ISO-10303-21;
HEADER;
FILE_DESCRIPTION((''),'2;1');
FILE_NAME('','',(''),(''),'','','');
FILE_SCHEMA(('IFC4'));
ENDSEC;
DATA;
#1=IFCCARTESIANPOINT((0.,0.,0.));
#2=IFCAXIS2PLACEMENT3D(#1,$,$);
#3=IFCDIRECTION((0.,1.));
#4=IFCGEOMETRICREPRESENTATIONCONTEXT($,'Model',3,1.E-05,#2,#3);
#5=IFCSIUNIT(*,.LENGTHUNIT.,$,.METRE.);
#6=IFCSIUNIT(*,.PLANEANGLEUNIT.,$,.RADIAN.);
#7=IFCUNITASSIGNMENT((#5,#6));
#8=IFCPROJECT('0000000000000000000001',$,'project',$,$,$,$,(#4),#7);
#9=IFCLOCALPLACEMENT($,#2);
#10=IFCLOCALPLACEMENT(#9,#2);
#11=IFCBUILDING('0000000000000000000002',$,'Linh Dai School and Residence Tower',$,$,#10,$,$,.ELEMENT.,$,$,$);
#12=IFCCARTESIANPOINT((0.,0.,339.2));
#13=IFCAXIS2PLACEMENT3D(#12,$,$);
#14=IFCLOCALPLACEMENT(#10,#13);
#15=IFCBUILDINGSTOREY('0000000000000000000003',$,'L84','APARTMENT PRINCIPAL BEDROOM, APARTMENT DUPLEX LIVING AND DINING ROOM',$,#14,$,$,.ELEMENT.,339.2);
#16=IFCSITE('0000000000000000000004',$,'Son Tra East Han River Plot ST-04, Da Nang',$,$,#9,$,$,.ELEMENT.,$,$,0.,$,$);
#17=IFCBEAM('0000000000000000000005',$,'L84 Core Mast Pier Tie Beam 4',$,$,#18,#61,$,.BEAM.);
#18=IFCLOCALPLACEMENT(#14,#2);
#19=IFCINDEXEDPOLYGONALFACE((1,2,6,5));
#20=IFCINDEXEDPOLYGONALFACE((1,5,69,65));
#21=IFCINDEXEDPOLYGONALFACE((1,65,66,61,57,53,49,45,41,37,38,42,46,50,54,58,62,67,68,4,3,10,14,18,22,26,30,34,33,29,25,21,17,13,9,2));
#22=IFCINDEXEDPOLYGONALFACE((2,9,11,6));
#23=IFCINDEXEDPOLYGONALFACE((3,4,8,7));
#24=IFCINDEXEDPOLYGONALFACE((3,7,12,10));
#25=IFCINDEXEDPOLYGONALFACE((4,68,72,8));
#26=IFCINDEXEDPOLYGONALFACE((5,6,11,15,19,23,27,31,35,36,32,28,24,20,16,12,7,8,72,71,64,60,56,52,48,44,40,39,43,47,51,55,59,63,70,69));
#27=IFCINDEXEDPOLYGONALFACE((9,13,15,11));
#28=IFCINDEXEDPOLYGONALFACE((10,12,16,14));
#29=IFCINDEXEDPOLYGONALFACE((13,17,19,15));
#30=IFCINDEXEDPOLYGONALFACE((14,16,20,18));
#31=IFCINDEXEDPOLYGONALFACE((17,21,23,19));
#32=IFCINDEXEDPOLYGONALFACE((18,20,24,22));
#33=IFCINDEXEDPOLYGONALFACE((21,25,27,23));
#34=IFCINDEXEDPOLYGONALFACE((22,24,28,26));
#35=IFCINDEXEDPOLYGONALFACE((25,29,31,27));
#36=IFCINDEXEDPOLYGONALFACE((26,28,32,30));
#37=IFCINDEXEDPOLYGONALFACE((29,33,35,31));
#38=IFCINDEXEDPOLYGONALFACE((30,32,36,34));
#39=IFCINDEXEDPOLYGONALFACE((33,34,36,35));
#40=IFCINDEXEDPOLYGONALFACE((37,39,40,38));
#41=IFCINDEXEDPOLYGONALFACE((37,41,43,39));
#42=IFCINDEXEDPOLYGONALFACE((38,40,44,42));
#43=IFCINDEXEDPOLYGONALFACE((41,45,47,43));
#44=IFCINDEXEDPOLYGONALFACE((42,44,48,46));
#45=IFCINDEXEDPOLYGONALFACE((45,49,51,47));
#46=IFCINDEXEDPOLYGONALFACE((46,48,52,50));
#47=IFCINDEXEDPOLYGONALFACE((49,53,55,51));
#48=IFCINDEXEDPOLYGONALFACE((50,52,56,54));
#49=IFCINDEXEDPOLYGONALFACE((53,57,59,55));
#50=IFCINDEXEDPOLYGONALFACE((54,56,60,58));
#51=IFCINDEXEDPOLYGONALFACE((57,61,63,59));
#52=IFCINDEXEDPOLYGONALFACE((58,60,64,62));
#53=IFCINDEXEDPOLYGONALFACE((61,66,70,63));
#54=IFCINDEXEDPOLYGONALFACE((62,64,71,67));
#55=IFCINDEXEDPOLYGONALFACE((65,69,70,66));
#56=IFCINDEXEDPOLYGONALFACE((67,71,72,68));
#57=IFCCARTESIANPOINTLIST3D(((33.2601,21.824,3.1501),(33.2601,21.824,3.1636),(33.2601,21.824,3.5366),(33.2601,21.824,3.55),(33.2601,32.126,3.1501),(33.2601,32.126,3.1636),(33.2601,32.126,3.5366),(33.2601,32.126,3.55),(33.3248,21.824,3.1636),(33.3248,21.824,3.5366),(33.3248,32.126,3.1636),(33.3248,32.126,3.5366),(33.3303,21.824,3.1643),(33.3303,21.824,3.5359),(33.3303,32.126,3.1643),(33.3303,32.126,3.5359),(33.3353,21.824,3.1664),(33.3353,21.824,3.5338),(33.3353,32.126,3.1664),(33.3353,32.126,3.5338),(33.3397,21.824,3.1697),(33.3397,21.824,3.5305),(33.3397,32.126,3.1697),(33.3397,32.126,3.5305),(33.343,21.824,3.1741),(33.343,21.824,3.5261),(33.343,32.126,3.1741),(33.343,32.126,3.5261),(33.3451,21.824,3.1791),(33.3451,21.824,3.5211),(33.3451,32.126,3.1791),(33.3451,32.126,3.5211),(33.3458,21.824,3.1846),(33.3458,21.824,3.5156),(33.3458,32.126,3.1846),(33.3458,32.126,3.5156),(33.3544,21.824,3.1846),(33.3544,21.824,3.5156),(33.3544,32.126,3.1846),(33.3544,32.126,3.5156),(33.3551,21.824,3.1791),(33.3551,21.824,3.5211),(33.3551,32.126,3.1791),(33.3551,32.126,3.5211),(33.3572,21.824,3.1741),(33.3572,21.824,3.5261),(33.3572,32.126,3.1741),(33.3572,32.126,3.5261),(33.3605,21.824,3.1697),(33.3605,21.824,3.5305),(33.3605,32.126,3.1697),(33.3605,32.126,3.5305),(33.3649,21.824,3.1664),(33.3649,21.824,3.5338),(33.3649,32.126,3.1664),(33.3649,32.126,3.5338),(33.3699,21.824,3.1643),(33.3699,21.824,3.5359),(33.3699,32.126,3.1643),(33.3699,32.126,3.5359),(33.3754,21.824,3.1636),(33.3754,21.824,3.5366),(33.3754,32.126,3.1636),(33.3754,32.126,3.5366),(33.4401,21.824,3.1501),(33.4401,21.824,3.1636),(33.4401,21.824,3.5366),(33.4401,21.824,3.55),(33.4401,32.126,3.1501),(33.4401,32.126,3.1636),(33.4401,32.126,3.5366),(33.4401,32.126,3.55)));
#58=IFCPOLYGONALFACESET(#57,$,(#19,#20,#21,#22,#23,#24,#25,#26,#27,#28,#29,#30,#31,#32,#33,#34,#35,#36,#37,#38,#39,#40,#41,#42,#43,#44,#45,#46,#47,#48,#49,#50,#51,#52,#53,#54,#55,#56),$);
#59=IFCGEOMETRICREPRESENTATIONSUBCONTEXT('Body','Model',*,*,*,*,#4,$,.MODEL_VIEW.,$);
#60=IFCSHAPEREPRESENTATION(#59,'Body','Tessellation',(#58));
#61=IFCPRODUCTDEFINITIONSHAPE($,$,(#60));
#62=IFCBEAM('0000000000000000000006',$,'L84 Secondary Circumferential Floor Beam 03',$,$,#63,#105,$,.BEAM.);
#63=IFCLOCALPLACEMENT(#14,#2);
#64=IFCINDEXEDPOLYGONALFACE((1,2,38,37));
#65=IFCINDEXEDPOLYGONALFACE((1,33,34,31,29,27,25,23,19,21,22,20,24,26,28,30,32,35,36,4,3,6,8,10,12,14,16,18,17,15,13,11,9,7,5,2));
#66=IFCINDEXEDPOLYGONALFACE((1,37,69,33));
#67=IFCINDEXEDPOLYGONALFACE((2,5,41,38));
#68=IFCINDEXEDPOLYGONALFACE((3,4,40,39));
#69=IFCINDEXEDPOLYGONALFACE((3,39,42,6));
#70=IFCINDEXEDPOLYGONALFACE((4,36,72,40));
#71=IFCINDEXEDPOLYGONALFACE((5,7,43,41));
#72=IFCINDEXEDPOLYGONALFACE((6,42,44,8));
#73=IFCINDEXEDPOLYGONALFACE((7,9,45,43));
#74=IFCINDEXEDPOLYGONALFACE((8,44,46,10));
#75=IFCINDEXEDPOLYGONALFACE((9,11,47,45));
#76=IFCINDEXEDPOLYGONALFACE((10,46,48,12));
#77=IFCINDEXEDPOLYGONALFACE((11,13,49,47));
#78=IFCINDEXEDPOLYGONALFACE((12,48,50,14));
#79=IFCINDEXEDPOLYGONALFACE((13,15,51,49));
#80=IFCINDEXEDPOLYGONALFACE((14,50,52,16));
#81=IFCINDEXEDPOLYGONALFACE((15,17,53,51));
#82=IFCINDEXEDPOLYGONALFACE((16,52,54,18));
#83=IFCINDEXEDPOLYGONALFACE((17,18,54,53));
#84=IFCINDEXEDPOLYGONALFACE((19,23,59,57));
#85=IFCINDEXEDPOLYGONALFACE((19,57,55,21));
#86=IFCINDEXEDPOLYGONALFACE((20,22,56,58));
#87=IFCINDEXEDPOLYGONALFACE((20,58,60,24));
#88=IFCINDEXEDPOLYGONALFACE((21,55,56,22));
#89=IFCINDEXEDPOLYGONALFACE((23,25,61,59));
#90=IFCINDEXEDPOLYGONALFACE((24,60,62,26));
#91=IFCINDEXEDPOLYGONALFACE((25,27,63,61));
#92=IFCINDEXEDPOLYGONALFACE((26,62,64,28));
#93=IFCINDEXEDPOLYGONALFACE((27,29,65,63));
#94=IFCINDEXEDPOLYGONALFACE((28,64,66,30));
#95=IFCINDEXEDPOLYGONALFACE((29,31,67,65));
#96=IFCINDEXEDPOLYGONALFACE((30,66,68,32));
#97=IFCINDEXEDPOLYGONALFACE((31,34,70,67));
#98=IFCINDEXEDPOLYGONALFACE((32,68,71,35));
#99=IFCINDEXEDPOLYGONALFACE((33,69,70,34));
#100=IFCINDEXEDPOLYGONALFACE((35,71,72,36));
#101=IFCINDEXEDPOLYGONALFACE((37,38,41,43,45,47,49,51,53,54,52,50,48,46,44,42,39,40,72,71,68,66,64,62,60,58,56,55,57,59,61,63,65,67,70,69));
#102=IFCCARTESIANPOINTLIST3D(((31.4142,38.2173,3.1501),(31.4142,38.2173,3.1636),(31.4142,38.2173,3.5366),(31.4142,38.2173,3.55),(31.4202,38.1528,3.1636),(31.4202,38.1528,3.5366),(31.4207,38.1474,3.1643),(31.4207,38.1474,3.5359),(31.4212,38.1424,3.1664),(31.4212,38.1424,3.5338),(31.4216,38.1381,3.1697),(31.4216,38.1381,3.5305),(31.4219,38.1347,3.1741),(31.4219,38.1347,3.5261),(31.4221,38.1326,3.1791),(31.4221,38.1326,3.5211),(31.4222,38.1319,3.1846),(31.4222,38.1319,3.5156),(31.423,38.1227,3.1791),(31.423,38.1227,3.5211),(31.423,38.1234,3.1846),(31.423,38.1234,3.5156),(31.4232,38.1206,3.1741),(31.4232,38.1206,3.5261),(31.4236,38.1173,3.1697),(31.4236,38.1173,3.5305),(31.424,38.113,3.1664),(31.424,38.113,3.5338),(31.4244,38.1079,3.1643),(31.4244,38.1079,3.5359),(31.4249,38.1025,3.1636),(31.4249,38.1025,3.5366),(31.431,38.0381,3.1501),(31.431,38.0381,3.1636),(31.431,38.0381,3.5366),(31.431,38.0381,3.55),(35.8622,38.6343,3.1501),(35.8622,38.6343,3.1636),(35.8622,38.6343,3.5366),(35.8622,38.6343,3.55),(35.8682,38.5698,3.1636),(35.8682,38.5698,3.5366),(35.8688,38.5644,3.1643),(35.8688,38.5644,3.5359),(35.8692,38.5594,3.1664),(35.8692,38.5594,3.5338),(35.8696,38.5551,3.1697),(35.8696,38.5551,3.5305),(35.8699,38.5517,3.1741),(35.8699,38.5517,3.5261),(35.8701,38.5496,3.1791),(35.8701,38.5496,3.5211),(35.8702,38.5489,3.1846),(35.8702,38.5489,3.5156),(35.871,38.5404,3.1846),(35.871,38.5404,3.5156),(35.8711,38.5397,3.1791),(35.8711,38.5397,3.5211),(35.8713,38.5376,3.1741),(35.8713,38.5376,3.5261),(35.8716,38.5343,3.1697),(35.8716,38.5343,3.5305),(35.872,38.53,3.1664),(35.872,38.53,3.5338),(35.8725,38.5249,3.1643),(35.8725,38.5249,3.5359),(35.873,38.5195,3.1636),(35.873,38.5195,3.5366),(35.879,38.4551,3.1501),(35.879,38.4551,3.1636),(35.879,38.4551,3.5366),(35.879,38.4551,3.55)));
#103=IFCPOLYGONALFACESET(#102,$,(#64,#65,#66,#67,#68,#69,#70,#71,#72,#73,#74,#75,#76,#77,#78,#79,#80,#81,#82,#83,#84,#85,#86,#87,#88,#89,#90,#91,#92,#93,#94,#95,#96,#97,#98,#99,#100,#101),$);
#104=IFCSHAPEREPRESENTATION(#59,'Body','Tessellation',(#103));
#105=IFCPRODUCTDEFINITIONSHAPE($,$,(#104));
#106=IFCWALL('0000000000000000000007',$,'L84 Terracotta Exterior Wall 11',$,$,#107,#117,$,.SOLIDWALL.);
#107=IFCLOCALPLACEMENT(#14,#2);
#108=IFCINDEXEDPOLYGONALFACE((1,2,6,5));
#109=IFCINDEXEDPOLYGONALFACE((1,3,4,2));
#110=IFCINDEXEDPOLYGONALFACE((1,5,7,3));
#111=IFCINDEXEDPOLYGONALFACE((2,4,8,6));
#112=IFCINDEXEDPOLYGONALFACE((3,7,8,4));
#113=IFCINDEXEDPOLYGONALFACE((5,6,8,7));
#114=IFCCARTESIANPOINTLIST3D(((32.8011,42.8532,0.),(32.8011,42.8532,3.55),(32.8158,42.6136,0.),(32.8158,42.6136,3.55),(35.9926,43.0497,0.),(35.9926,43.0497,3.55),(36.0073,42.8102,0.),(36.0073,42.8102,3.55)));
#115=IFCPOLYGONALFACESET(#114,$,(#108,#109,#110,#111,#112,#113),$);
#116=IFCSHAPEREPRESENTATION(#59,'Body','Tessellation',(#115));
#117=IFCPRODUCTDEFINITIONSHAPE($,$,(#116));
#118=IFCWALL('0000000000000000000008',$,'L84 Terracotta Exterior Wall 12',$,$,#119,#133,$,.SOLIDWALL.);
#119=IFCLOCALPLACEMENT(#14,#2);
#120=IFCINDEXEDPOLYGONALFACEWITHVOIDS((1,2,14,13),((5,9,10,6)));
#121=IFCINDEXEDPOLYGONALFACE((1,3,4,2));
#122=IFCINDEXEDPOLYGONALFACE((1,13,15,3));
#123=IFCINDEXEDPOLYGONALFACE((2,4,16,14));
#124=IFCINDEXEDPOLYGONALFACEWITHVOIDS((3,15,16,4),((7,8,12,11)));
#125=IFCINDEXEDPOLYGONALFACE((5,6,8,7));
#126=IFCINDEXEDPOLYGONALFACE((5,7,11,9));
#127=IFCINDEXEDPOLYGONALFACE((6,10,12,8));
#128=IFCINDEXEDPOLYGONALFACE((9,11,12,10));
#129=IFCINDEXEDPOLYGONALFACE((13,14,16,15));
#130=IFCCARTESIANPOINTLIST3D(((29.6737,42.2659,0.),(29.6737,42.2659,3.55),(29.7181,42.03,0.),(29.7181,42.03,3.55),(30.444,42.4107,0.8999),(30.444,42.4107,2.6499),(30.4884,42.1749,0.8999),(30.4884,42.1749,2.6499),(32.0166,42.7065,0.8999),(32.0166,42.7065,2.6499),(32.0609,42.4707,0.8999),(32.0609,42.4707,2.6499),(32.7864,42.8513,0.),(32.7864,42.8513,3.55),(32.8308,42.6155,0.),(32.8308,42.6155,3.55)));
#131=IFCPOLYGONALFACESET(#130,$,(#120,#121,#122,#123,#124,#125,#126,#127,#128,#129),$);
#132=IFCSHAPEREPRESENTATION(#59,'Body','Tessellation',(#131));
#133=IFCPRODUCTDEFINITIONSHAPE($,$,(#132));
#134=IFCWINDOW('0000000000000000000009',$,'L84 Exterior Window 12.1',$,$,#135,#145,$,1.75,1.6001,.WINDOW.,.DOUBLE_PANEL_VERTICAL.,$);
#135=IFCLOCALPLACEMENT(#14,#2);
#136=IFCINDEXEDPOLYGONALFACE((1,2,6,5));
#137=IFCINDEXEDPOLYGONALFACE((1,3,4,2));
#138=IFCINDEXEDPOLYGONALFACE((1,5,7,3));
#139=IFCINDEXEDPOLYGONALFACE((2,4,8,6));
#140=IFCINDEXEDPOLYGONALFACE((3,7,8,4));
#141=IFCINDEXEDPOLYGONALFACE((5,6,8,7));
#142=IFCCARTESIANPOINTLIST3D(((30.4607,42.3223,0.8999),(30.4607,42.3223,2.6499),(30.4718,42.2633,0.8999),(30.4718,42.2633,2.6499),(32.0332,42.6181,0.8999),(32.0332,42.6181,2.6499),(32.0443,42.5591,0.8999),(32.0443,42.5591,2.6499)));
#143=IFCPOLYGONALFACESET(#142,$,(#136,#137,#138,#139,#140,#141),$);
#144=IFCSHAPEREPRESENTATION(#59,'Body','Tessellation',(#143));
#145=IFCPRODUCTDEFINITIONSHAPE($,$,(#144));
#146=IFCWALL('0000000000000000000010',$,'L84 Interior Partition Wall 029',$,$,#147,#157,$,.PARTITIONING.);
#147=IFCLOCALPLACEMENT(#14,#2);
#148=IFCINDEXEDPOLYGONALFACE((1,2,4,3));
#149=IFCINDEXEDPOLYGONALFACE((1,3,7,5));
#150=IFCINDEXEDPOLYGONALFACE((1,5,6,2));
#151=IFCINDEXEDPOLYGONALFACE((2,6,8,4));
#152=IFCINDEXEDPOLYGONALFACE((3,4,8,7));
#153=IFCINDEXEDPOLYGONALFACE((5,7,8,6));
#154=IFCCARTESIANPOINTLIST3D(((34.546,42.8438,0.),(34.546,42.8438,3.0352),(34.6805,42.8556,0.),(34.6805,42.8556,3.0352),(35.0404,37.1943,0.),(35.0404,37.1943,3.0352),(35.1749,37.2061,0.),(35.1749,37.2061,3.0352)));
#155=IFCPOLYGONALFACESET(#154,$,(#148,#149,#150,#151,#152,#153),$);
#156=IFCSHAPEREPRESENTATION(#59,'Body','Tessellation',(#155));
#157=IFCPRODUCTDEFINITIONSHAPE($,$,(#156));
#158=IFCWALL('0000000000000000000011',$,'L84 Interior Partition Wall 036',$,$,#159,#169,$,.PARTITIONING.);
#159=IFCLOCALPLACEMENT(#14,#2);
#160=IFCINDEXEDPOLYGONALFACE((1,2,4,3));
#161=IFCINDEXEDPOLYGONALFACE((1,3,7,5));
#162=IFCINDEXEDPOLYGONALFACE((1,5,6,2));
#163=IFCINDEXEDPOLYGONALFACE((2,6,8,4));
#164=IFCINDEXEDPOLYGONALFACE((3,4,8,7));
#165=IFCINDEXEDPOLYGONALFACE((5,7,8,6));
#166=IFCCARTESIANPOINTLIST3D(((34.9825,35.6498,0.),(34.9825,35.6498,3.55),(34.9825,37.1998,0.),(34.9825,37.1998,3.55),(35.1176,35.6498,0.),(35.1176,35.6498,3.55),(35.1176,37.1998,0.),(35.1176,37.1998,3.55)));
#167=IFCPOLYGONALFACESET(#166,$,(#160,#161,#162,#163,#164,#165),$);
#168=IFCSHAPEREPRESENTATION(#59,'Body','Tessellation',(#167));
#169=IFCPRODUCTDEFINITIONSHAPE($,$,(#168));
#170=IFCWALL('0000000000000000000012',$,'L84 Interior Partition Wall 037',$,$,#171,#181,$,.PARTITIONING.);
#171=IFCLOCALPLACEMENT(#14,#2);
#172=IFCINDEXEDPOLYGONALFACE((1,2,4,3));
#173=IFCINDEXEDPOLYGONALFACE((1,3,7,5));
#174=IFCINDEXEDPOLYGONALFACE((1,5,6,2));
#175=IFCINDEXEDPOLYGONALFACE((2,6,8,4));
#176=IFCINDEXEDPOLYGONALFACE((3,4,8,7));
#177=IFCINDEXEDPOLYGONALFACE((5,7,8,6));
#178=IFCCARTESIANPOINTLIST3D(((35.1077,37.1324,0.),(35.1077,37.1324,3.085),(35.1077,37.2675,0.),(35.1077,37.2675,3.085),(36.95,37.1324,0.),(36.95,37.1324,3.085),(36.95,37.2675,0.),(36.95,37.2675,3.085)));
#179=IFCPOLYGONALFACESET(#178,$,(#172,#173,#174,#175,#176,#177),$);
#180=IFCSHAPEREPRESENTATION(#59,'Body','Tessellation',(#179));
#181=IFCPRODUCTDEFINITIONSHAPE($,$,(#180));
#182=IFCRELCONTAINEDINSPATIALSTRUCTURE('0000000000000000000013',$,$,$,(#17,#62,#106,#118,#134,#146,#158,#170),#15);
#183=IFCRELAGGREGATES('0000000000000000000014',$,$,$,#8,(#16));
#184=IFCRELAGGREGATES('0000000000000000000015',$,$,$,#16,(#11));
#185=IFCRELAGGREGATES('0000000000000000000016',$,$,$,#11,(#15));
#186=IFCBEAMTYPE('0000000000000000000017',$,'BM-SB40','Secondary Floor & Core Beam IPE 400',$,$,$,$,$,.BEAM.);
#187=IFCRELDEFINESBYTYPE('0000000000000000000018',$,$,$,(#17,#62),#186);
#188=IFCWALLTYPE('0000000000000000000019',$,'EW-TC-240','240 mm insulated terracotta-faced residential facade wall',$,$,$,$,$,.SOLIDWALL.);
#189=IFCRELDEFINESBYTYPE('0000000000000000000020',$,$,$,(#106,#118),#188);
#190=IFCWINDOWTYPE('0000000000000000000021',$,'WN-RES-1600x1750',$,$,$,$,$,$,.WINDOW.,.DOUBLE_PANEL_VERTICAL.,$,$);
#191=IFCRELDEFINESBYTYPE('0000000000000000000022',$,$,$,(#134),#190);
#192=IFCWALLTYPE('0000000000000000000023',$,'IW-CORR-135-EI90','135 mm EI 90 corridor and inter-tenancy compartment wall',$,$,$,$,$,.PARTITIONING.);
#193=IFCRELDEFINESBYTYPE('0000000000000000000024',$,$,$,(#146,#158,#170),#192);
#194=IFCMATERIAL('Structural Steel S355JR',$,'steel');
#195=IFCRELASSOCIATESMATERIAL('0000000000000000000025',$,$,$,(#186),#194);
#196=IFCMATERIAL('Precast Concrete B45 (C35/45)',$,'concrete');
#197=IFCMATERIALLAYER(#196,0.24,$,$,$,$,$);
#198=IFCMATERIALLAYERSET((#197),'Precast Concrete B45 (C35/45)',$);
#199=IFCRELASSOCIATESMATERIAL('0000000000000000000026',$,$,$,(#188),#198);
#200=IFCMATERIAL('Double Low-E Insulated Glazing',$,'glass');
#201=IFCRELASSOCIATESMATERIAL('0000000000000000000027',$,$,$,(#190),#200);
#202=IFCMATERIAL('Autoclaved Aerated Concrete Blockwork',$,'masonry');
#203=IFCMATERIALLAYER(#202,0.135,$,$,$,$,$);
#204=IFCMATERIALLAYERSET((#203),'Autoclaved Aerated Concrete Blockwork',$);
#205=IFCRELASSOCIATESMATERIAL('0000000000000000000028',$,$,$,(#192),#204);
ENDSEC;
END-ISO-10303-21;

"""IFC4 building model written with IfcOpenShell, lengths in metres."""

from ifc_helpers import new_model, si_unit, direction, frame, frame_2d, origin, origin_2d, place, context, subcontext, project, spatial, rectangle, i_section, extrude, source, transform, mapped, material, layer, layer_set, material_profile, profile_set, type_object, element, fill, save


model = new_model("IFC4")

# Units and contexts
model_context = context("Model", 3, precision=1e-05, world=origin(), true_north=direction((0.0, 1.0)))
body_context = subcontext(model_context, "Body", "Model", "MODEL_VIEW")
ifc_project = project(units=[si_unit("LENGTHUNIT", "METRE"), si_unit("PLANEANGLEUNIT", "RADIAN")], contexts=[model_context])

# Site, building, storey
site_placement = place(None, origin())
site = spatial("IfcSite", under=ifc_project, at=site_placement, Name="Son Tra East Han River Plot ST-04, Da Nang", CompositionType="ELEMENT", RefElevation=0.0)
building_placement = place(site_placement, origin())
building = spatial("IfcBuilding", under=site, at=building_placement, Name="Linh Dai School and Residence Tower", CompositionType="ELEMENT")
storey_placement = place(building_placement, frame((0.0, 0.0, 339.2)))
storey = spatial("IfcBuildingStorey", under=building, at=storey_placement, Name="L84", Description="APARTMENT PRINCIPAL BEDROOM, APARTMENT DUPLEX LIVING AND DINING ROOM", CompositionType="ELEMENT", Elevation=339.2)

# Shared definitions
ifc_material_1 = material(Name="Structural Steel S355JR", Category="steel")

# Beams
ifc_material_profile_1 = material_profile(ifc_material_1, i_section(OverallWidth=0.1799, OverallDepth=0.3999, WebThickness=0.0085, FlangeThickness=0.0134, FilletRadius=0.021, at=origin_2d()), Name="IPE 400")
ifc_profile_set_1 = profile_set([ifc_material_profile_1], Name="Structural Steel S355JR")
beam_type_1 = type_object("IfcBeamType", Name="BM-SB40", Description="Secondary Floor & Core Beam IPE 400", PredefinedType="BEAM", material=ifc_profile_set_1)
beam_1_placement = place(storey_placement, frame((33.3501, 32.126, 3.3501), z_axis=(0.0, -1.0, 0.0), x_axis=(1.0, 0.0, 0.0)))
element("IfcBeam", 1, at=beam_1_placement, inside=storey, type_object=beam_type_1, Name="L84 Core Mast Pier Tie Beam 4", PredefinedType="BEAM", context=body_context, shape_type="SweptSolid", body=[
    extrude(i_section(OverallWidth=0.1799, OverallDepth=0.3999, WebThickness=0.0085, FlangeThickness=0.0134, FilletRadius=0.021, at=origin_2d()), origin(), (0.0, 0.0, 1.0), 10.302),
])
beam_2_placement = place(storey_placement, frame((35.8706, 38.5447, 3.3501), z_axis=(-0.995634, -0.093339, 0.0), x_axis=(0.093339, -0.995634, 0.0)))
element("IfcBeam", 2, at=beam_2_placement, inside=storey, type_object=beam_type_1, Name="L84 Secondary Circumferential Floor Beam 03", PredefinedType="BEAM", context=body_context, shape_type="SweptSolid", body=[
    extrude(i_section(OverallWidth=0.1799, OverallDepth=0.3999, WebThickness=0.0085, FlangeThickness=0.0134, FilletRadius=0.021, at=origin_2d()), origin(), (0.0, 0.0, 1.0), 4.4675),
])

# Wall
ifc_material_2 = material(Name="Precast Concrete B45 (C35/45)", Category="concrete")
ifc_layer_1 = layer(ifc_material_2, 0.24)
ifc_layer_set_1 = layer_set([ifc_layer_1], Name="Precast Concrete B45 (C35/45)")
wall_type_1 = type_object("IfcWallType", Name="EW-TC-240", Description="240 mm insulated terracotta-faced residential facade wall", PredefinedType="SOLIDWALL", material=ifc_layer_set_1)
wall_1_placement = place(storey_placement, frame((32.8086, 42.7334, 0.0), z_axis=(0.0, 0.0, 1.0), x_axis=(0.998109, 0.061466, 0.0)))
element("IfcWall", 3, at=wall_1_placement, inside=storey, type_object=wall_type_1, Name="L84 Terracotta Exterior Wall 11", PredefinedType="SOLIDWALL", context=body_context, shape_type="SweptSolid", body=[
    extrude(rectangle(XDim=3.1975, YDim=0.24, at=frame_2d((1.5986, 0.0))), origin(), (0.0, 0.0, 1.0), 3.55),
])

# Wall, opening, window
wall_2_placement = place(storey_placement, frame((29.696, 42.1479, 0.0), z_axis=(0.0, 0.0, 1.0), x_axis=(0.982766, 0.184852, 0.0)))
wall_2 = element("IfcWall", 4, at=wall_2_placement, inside=storey, type_object=wall_type_1, Name="L84 Terracotta Exterior Wall 12", PredefinedType="SOLIDWALL", context=body_context, shape_type="SweptSolid", body=[
    extrude(rectangle(XDim=3.1672, YDim=0.24, at=frame_2d((1.5835, 0.0))), origin(), (0.0, 0.0, 1.0), 3.55),
])
opening_1_placement = place(wall_2_placement, frame((0.7837, 0.0, 0.8999)))
opening_1 = element("IfcOpeningElement", 5, at=opening_1_placement, cuts=wall_2, PredefinedType="OPENING", context=body_context, shape_type="SweptSolid", body=[
    extrude(rectangle(XDim=1.6001, YDim=1.75, at=origin_2d()), frame((0.8, 0.1299, 0.875), z_axis=(0.0, -1.0, 0.0), x_axis=(1.0, 0.0, 0.0)), (0.0, 0.0, 1.0), 0.26),
])
ifc_material_3 = material(Name="Double Low-E Insulated Glazing", Category="glass")
window_type = type_object("IfcWindowType", Name="WN-RES-1600x1750", PartitioningType="DOUBLE_PANEL_VERTICAL", PredefinedType="WINDOW", material=ifc_material_3)
shared_shape_1 = source(origin(), body_context, "Body", "SweptSolid", [
    extrude(rectangle(XDim=1.6001, YDim=1.75, at=origin_2d()), frame((0.8, 0.03, 0.875), z_axis=(0.0, -1.0, 0.0), x_axis=(1.0, 0.0, 0.0)), (0.0, 0.0, 1.0), 0.0601),
])
window_placement = place(opening_1_placement, origin())
window = element("IfcWindow", 6, at=window_placement, inside=storey, type_object=window_type, Name="L84 Exterior Window 12.1", OverallHeight=1.75, OverallWidth=1.6001, PartitioningType="DOUBLE_PANEL_VERTICAL", PredefinedType="WINDOW", context=body_context, shape_type="MappedRepresentation", body=[
    mapped(shared_shape_1, transform((0.0, 0.0, 0.0), x_axis=(1.0, 0.0, 0.0), y_axis=(0.0, 1.0, 0.0), z_axis=(0.0, 0.0, 1.0), scale=1.0)),
])
fill(opening_1, window)

# Walls
ifc_material_4 = material(Name="Autoclaved Aerated Concrete Blockwork", Category="masonry")
ifc_layer_2 = layer(ifc_material_4, 0.135)
ifc_layer_set_2 = layer_set([ifc_layer_2], Name="Autoclaved Aerated Concrete Blockwork")
wall_type_2 = type_object("IfcWallType", Name="IW-CORR-135-EI90", Description="135 mm EI 90 corridor and inter-tenancy compartment wall", PredefinedType="PARTITIONING", material=ifc_layer_set_2)
wall_3_placement = place(storey_placement, frame((34.6133, 42.8496, 0.0), z_axis=(0.0, 0.0, 1.0), x_axis=(0.087174, -0.996193, 0.0)))
element("IfcWall", 7, at=wall_3_placement, inside=storey, type_object=wall_type_2, Name="L84 Interior Partition Wall 029", PredefinedType="PARTITIONING", context=body_context, shape_type="SweptSolid", body=[
    extrude(rectangle(XDim=5.6711, YDim=0.135, at=frame_2d((2.8354, 0.0))), origin(), (0.0, 0.0, 1.0), 3.0352),
])
wall_4_placement = place(storey_placement, frame((35.05, 35.6499, 0.0), z_axis=(0.0, 0.0, 1.0), x_axis=(0.0, 1.0, 0.0)))
element("IfcWall", 8, at=wall_4_placement, inside=storey, type_object=wall_type_2, Name="L84 Interior Partition Wall 036", PredefinedType="PARTITIONING", context=body_context, shape_type="SweptSolid", body=[
    extrude(rectangle(XDim=1.55, YDim=0.135, at=frame_2d((0.7749, 0.0))), origin(), (0.0, 0.0, 1.0), 3.55),
])
wall_5_placement = place(storey_placement, frame((35.1077, 37.2, 0.0), z_axis=(0.0, 0.0, 1.0), x_axis=(1.0, 0.0, 0.0)))
element("IfcWall", 9, at=wall_5_placement, inside=storey, type_object=wall_type_2, Name="L84 Interior Partition Wall 037", PredefinedType="PARTITIONING", context=body_context, shape_type="SweptSolid", body=[
    extrude(rectangle(XDim=1.8423, YDim=0.135, at=frame_2d((0.9211, 0.0))), origin(), (0.0, 0.0, 1.0), 3.085),
])

save(model, "model.ifc")
